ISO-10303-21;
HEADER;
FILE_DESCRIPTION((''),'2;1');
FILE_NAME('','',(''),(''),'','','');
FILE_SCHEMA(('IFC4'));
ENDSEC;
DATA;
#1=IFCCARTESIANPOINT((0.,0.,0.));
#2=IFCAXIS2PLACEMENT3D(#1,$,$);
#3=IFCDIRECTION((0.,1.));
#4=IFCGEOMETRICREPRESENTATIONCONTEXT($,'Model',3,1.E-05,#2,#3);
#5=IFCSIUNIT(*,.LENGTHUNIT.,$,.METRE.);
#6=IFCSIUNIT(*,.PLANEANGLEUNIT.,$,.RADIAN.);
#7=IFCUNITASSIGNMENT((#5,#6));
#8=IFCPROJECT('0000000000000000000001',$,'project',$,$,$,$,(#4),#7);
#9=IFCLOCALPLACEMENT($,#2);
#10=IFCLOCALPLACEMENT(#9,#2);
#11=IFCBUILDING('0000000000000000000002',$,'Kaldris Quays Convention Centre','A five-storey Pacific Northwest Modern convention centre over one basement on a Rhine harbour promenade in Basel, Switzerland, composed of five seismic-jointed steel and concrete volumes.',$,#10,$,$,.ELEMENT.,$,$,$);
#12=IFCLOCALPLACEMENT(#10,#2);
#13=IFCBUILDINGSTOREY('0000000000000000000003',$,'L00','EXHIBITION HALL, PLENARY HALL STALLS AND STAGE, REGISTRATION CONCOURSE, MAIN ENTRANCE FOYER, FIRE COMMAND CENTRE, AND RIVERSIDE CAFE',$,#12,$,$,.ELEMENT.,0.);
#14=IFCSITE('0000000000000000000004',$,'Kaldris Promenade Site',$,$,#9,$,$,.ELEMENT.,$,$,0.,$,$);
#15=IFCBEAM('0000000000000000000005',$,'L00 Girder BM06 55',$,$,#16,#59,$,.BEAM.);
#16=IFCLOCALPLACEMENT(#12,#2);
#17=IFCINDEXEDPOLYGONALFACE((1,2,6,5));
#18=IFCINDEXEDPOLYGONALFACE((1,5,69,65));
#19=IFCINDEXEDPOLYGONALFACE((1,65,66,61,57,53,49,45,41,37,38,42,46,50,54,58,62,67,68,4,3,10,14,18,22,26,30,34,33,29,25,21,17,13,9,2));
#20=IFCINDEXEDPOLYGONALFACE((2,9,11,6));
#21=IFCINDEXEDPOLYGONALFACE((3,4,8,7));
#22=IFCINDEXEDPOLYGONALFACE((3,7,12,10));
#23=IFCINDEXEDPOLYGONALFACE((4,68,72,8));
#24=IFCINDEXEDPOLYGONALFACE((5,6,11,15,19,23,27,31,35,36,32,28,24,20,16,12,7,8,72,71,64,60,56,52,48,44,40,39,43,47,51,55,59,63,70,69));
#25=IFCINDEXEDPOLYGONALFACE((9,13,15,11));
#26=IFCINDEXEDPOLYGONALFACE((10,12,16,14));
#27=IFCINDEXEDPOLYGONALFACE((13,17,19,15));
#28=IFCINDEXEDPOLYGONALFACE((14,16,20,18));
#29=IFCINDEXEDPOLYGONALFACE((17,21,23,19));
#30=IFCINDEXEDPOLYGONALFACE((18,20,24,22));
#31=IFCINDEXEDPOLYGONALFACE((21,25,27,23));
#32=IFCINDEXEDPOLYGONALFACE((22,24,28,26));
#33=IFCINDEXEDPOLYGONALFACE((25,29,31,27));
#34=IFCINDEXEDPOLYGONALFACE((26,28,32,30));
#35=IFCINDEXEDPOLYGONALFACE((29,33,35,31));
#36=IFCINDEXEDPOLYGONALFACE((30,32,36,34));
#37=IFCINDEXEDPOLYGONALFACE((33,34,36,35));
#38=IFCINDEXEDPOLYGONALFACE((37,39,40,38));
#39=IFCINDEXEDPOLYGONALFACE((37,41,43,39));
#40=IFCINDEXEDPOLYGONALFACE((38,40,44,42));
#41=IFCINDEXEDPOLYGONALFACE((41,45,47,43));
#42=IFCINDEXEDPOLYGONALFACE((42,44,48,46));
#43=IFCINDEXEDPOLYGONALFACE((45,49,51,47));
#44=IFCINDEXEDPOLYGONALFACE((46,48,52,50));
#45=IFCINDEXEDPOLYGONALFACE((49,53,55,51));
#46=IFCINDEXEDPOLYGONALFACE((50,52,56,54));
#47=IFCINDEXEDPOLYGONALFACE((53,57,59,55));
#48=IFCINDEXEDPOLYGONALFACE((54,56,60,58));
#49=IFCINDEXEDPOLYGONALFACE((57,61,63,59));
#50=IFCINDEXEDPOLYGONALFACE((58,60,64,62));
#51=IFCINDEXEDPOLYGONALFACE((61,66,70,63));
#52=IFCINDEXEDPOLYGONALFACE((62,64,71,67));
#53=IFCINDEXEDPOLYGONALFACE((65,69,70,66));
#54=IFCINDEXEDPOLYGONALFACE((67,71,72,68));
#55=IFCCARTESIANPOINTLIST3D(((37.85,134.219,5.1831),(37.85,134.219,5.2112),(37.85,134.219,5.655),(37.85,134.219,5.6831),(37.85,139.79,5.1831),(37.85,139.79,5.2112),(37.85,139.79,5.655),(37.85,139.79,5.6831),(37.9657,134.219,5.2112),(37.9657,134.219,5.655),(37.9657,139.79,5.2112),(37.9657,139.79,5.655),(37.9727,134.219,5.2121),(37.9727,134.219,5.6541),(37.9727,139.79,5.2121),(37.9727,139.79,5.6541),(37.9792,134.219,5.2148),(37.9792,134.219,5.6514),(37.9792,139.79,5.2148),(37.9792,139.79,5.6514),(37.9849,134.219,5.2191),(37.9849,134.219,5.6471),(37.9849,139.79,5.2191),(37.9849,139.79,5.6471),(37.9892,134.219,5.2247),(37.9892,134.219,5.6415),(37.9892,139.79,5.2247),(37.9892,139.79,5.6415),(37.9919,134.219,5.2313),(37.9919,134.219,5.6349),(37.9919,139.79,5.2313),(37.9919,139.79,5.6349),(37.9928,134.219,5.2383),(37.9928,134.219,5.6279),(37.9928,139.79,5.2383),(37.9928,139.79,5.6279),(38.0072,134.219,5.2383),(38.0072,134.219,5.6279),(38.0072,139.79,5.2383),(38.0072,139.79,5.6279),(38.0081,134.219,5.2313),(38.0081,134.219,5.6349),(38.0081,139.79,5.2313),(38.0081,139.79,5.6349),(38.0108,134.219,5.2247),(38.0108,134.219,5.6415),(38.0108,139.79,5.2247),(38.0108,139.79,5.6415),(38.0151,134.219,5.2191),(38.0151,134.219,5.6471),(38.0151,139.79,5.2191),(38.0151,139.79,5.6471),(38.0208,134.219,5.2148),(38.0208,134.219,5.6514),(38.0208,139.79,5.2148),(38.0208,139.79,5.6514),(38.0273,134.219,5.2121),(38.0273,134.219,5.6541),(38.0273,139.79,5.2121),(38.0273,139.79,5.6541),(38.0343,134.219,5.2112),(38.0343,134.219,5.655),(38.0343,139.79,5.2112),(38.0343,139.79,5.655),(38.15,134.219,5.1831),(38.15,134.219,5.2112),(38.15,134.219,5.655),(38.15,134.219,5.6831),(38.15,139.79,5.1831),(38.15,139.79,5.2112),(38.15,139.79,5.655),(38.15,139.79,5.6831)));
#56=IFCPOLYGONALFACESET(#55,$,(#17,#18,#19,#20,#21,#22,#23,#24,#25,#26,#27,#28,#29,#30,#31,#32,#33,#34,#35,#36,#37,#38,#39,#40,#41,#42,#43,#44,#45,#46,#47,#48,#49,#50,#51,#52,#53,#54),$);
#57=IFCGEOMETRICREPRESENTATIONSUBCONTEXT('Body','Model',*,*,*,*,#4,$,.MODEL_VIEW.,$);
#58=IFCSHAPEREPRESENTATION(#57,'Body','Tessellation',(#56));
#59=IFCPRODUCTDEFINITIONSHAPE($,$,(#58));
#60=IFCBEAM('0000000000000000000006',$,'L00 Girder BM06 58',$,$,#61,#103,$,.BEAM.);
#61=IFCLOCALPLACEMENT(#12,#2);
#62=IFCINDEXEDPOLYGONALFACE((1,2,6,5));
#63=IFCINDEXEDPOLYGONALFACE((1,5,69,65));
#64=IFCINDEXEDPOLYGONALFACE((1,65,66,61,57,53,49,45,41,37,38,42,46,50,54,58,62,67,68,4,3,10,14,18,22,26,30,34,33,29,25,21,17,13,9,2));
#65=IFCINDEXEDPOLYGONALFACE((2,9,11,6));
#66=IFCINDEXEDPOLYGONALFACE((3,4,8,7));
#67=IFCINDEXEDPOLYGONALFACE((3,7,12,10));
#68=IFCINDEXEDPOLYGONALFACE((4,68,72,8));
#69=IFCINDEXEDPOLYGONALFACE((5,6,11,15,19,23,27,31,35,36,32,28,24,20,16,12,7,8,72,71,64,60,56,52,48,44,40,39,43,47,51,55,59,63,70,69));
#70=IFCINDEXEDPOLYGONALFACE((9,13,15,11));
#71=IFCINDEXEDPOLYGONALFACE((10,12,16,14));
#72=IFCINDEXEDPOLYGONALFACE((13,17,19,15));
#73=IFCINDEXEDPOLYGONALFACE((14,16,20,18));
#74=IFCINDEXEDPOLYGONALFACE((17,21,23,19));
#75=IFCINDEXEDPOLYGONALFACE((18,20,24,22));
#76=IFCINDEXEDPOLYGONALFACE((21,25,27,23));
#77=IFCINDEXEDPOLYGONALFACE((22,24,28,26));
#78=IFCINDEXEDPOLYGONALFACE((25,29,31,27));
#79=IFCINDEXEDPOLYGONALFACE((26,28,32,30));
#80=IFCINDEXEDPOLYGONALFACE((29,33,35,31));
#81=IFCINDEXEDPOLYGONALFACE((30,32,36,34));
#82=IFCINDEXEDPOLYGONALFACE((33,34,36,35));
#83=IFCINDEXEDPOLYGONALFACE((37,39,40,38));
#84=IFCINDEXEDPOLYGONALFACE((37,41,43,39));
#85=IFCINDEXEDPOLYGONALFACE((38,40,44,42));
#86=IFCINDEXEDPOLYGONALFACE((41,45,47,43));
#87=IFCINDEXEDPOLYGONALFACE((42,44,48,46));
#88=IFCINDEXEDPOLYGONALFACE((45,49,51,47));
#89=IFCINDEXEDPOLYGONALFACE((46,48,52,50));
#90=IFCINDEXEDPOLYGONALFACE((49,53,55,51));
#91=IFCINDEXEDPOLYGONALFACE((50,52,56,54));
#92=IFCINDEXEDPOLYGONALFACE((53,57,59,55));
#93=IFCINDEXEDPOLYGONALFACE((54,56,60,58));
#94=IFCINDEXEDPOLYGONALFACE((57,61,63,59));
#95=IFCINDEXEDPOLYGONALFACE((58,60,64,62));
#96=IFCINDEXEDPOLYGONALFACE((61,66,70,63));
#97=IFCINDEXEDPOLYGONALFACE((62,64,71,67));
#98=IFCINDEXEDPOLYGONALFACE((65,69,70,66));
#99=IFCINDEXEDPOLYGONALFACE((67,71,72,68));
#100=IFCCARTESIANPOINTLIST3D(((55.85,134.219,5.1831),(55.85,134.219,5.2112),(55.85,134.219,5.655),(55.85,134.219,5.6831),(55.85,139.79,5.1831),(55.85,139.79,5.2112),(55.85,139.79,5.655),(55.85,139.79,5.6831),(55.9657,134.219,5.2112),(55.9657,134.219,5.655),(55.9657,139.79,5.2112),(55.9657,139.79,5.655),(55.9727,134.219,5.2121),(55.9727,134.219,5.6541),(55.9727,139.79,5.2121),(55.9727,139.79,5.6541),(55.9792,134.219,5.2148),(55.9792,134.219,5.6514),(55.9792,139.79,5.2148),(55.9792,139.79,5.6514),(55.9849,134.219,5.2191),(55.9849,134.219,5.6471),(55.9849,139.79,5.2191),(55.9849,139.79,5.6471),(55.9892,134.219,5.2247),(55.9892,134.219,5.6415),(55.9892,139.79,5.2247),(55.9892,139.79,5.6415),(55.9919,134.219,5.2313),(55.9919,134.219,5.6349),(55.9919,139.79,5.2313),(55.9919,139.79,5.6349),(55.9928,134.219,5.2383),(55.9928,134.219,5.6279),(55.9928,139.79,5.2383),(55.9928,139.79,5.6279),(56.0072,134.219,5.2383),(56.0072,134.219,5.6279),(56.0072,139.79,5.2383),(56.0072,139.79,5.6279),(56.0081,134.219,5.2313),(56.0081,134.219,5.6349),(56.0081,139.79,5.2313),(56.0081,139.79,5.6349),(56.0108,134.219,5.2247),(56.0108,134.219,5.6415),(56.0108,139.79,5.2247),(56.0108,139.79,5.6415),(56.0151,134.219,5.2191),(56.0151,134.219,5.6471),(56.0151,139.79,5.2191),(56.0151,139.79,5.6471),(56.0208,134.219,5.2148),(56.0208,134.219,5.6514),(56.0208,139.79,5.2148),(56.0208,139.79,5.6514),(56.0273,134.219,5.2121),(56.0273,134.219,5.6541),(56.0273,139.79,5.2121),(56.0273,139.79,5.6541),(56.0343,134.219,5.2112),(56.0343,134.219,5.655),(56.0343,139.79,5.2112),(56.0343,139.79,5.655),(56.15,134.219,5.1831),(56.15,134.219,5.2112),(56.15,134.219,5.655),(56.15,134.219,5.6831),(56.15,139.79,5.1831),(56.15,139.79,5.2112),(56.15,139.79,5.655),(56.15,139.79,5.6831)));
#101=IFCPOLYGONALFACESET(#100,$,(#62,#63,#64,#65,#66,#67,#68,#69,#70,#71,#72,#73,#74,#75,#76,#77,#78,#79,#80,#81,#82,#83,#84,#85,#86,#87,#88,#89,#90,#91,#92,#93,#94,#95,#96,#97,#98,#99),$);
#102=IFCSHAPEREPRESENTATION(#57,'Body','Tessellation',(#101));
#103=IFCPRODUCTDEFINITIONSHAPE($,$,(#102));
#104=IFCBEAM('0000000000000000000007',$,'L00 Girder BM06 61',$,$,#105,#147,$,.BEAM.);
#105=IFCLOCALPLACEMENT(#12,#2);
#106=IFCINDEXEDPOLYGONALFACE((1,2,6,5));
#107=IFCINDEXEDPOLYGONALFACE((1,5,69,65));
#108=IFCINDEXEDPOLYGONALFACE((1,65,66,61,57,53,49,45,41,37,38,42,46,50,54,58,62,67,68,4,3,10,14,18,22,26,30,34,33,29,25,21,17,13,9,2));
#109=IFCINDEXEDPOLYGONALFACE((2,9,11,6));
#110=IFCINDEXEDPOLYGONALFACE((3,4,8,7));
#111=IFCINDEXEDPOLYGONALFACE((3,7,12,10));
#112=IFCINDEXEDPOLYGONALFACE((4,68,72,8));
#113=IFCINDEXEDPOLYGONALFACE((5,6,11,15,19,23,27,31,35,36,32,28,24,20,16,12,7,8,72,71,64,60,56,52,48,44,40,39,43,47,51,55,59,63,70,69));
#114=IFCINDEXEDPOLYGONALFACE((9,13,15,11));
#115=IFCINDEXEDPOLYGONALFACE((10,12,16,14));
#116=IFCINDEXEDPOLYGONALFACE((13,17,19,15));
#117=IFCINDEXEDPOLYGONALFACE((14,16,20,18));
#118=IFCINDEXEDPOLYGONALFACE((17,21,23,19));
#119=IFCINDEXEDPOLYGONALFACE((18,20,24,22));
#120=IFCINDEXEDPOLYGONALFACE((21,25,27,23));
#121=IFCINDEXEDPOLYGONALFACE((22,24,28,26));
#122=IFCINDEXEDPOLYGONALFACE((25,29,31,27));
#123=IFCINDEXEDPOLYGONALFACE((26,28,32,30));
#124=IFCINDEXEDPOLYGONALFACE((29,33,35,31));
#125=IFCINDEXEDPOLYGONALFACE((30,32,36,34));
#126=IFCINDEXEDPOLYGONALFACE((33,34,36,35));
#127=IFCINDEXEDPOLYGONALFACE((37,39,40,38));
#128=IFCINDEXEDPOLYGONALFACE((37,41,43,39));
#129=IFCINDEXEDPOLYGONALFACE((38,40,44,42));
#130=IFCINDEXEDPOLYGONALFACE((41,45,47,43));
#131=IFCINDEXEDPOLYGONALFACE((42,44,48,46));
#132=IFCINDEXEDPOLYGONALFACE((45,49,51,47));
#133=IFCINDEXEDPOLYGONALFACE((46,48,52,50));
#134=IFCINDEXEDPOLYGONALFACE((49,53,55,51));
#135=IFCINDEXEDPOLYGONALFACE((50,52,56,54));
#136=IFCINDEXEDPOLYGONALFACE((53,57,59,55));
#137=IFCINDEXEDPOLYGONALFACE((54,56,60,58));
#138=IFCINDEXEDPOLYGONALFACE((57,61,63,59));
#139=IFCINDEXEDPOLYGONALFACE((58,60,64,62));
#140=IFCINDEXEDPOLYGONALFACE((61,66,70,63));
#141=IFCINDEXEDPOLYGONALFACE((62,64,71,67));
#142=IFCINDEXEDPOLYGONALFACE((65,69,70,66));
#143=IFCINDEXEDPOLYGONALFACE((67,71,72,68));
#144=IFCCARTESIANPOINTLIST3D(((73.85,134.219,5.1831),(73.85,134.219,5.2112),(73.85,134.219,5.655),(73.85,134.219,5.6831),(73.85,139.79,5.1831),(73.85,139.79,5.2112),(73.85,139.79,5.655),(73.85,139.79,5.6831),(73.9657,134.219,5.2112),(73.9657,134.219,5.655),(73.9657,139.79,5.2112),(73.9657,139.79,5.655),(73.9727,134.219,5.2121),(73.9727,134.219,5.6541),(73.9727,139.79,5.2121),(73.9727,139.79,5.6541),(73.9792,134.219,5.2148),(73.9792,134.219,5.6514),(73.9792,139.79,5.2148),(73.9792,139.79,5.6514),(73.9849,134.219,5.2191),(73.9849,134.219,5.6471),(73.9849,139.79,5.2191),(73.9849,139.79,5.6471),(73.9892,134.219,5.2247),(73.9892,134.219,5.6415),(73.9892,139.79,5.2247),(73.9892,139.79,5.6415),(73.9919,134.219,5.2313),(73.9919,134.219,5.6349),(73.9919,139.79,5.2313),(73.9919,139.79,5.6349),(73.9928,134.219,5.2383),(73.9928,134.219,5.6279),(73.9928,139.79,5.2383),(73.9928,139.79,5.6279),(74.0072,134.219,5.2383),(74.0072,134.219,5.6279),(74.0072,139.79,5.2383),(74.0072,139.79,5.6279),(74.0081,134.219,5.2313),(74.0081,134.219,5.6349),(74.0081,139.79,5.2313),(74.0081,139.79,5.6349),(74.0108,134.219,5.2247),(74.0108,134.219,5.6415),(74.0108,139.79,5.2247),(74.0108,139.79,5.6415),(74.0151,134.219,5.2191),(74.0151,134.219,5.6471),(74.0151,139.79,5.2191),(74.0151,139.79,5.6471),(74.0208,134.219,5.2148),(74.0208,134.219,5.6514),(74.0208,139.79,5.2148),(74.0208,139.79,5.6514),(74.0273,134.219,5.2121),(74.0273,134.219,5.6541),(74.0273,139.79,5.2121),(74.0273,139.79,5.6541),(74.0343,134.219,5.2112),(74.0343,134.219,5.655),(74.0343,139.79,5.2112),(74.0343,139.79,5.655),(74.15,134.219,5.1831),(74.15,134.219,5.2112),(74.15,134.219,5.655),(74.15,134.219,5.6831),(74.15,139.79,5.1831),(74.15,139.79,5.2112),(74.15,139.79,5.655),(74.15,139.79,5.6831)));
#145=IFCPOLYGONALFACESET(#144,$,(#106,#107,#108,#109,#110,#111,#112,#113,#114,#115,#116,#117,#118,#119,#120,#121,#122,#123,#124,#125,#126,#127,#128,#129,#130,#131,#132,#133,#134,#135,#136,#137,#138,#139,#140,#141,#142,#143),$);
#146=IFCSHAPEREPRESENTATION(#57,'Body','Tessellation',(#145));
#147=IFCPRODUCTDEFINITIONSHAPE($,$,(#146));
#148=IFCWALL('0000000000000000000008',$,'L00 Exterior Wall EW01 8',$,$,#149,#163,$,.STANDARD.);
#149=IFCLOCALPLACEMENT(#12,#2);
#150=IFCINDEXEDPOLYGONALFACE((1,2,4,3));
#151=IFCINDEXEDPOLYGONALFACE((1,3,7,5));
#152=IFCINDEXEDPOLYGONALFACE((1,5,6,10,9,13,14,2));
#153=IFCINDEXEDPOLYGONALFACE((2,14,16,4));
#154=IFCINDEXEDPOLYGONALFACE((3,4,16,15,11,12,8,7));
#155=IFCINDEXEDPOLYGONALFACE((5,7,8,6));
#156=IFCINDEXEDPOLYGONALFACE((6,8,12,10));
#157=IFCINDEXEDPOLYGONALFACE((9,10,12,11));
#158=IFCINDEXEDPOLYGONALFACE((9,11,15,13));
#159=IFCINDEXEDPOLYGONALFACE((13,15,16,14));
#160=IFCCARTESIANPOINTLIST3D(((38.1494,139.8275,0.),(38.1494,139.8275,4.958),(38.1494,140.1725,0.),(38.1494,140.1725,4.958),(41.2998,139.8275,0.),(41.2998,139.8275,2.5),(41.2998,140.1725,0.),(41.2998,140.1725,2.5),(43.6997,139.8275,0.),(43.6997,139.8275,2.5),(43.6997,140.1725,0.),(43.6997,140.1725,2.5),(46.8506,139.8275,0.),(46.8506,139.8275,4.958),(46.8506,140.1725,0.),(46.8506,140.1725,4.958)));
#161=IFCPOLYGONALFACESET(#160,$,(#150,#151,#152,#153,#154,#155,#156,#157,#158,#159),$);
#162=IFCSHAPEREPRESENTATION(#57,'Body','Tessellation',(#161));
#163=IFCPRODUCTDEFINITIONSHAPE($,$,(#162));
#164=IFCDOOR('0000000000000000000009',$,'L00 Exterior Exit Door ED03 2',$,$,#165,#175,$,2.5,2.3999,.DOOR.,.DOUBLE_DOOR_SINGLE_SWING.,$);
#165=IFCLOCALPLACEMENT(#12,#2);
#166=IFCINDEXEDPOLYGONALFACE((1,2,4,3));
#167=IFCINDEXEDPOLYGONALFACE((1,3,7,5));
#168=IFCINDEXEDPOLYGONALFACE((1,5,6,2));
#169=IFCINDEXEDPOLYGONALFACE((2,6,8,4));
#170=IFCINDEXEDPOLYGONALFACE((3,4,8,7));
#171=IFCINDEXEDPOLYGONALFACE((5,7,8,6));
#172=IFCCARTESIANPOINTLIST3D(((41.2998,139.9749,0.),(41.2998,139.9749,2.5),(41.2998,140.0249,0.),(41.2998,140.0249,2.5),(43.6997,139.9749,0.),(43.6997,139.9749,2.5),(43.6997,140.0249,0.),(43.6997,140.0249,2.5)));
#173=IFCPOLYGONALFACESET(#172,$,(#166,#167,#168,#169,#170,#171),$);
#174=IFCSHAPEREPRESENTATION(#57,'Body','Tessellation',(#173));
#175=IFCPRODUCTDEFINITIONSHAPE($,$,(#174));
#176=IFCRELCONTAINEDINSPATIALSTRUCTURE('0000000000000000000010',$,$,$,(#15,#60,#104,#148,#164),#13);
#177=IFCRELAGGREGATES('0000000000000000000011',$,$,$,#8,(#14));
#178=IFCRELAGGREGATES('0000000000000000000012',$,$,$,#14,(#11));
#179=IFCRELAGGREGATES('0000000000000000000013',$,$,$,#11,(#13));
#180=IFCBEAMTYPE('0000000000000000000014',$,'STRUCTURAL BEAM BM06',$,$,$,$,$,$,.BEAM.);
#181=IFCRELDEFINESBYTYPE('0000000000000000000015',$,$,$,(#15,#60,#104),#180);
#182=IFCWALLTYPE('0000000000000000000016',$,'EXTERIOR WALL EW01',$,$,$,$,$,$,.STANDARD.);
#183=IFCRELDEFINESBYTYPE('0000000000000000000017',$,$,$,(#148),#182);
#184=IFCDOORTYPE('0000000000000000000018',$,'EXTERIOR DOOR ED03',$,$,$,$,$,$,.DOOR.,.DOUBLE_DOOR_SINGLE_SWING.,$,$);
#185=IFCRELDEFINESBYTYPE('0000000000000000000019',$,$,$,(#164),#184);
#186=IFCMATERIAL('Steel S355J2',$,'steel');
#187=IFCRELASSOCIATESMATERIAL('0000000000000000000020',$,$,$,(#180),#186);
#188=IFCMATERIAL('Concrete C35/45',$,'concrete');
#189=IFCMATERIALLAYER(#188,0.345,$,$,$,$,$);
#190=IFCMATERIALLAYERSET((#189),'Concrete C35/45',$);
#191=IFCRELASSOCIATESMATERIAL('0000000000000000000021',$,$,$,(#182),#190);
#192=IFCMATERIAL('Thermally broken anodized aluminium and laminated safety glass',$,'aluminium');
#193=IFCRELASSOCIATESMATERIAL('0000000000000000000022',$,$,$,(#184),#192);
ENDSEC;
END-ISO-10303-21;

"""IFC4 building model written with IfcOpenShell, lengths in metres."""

from ifc_helpers import new_model, si_unit, direction, frame, frame_2d, origin, origin_2d, place, context, subcontext, project, spatial, rectangle, i_section, extrude, material, layer, layer_set, material_profile, profile_set, type_object, element, fill, save


model = new_model("IFC4")

# Units and contexts
model_context = context("Model", 3, precision=1e-05, world=origin(), true_north=direction((0.0, 1.0)))
body_context = subcontext(model_context, "Body", "Model", "MODEL_VIEW")
ifc_project = project(units=[si_unit("LENGTHUNIT", "METRE"), si_unit("PLANEANGLEUNIT", "RADIAN")], contexts=[model_context])

# Site, building, storey
site_placement = place(None, origin())
site = spatial("IfcSite", under=ifc_project, at=site_placement, Name="Kaldris Promenade Site", CompositionType="ELEMENT", RefElevation=0.0)
building_placement = place(site_placement, origin())
building = spatial("IfcBuilding", under=site, at=building_placement, Name="Kaldris Quays Convention Centre", Description="A five-storey Pacific Northwest Modern convention centre over one basement on a Rhine harbour promenade in Basel, Switzerland, composed of five seismic-jointed steel and concrete volumes.", CompositionType="ELEMENT")
storey_placement = place(building_placement, origin())
storey = spatial("IfcBuildingStorey", under=building, at=storey_placement, Name="L00", Description="EXHIBITION HALL, PLENARY HALL STALLS AND STAGE, REGISTRATION CONCOURSE, MAIN ENTRANCE FOYER, FIRE COMMAND CENTRE, AND RIVERSIDE CAFE", CompositionType="ELEMENT", Elevation=0.0)

# Shared definitions
ifc_material_1 = material(Name="Steel S355J2", Category="steel")

# Beams
ifc_material_profile_1 = material_profile(ifc_material_1, i_section(OverallWidth=0.3, OverallDepth=0.5, WebThickness=0.0144, FlangeThickness=0.0281, FilletRadius=0.0271, at=origin_2d()), Name="HEB 500")
ifc_profile_set_1 = profile_set([ifc_material_profile_1], Name="Steel S355J2")
beam_type_1 = type_object("IfcBeamType", Name="STRUCTURAL BEAM BM06", PredefinedType="BEAM", material=ifc_profile_set_1)
for number, where, z_axis, x_axis, name in (
    (1, (38.0, 134.219, 5.4331), (0.0, 1.0, 0.0), (-1.0, 0.0, 0.0), "L00 Girder BM06 55"),
    (2, (56.0, 134.219, 5.4331), (0.0, 1.0, 0.0), (-1.0, 0.0, 0.0), "L00 Girder BM06 58"),
    (3, (74.0, 134.219, 5.4331), (0.0, 1.0, 0.0), (-1.0, 0.0, 0.0), "L00 Girder BM06 61"),
):
    element("IfcBeam", number, at=place(storey_placement, frame(where, z_axis=z_axis, x_axis=x_axis)), inside=storey, type_object=beam_type_1, Name=name, PredefinedType="BEAM", context=body_context, shape_type="SweptSolid", body=[
        extrude(i_section(OverallWidth=0.3, OverallDepth=0.5, WebThickness=0.0144, FlangeThickness=0.0281, FilletRadius=0.0271, at=origin_2d()), origin(), (0.0, 0.0, 1.0), 5.571),
    ])

# Wall, opening, door
ifc_material_2 = material(Name="Concrete C35/45", Category="concrete")
ifc_layer = layer(ifc_material_2, 0.345)
ifc_layer_set = layer_set([ifc_layer], Name="Concrete C35/45")
wall_type = type_object("IfcWallType", Name="EXTERIOR WALL EW01", PredefinedType="STANDARD", material=ifc_layer_set)
wall_1_placement = place(storey_placement, frame((38.1494, 140.0, 0.0), z_axis=(0.0, 0.0, 1.0), x_axis=(1.0, 0.0, 0.0)))
wall_1 = element("IfcWall", 4, at=wall_1_placement, inside=storey, type_object=wall_type, Name="L00 Exterior Wall EW01 8", PredefinedType="STANDARD", context=body_context, shape_type="SweptSolid", body=[
    extrude(rectangle(XDim=8.7012, YDim=0.345, at=frame_2d((4.3506, 0.0))), origin(), (0.0, 0.0, 1.0), 4.958),
])
opening_1_placement = place(wall_1_placement, frame((3.1504, 0.0, 0.0)))
opening_1 = element("IfcOpeningElement", 5, at=opening_1_placement, cuts=wall_1, PredefinedType="OPENING", context=body_context, shape_type="SweptSolid", body=[
    extrude(rectangle(XDim=2.3999, YDim=2.5, at=frame_2d((1.2, 1.25))), frame((0.0, 0.1826, 0.0), z_axis=(0.0, -1.0, 0.0), x_axis=(1.0, 0.0, 0.0)), (0.0, 0.0, 1.0), 0.365),
])
ifc_material_3 = material(Name="Thermally broken anodized aluminium and laminated safety glass", Category="aluminium")
door_type_1 = type_object("IfcDoorType", Name="EXTERIOR DOOR ED03", OperationType="DOUBLE_DOOR_SINGLE_SWING", PredefinedType="DOOR", material=ifc_material_3)
door_1_placement = place(opening_1_placement, origin())
door_1 = element("IfcDoor", 6, at=door_1_placement, inside=storey, type_object=door_type_1, Name="L00 Exterior Exit Door ED03 2", OperationType="DOUBLE_DOOR_SINGLE_SWING", OverallHeight=2.5, OverallWidth=2.3999, PredefinedType="DOOR", context=body_context, shape_type="SweptSolid", body=[
    extrude(rectangle(XDim=2.3999, YDim=2.5, at=frame_2d((1.2, 1.25))), frame((0.0, 0.0249, 0.0), z_axis=(0.0, -1.0, 0.0), x_axis=(1.0, 0.0, 0.0)), (0.0, 0.0, 1.0), 0.05),
])
fill(opening_1, door_1)

save(model, "model.ifc")
